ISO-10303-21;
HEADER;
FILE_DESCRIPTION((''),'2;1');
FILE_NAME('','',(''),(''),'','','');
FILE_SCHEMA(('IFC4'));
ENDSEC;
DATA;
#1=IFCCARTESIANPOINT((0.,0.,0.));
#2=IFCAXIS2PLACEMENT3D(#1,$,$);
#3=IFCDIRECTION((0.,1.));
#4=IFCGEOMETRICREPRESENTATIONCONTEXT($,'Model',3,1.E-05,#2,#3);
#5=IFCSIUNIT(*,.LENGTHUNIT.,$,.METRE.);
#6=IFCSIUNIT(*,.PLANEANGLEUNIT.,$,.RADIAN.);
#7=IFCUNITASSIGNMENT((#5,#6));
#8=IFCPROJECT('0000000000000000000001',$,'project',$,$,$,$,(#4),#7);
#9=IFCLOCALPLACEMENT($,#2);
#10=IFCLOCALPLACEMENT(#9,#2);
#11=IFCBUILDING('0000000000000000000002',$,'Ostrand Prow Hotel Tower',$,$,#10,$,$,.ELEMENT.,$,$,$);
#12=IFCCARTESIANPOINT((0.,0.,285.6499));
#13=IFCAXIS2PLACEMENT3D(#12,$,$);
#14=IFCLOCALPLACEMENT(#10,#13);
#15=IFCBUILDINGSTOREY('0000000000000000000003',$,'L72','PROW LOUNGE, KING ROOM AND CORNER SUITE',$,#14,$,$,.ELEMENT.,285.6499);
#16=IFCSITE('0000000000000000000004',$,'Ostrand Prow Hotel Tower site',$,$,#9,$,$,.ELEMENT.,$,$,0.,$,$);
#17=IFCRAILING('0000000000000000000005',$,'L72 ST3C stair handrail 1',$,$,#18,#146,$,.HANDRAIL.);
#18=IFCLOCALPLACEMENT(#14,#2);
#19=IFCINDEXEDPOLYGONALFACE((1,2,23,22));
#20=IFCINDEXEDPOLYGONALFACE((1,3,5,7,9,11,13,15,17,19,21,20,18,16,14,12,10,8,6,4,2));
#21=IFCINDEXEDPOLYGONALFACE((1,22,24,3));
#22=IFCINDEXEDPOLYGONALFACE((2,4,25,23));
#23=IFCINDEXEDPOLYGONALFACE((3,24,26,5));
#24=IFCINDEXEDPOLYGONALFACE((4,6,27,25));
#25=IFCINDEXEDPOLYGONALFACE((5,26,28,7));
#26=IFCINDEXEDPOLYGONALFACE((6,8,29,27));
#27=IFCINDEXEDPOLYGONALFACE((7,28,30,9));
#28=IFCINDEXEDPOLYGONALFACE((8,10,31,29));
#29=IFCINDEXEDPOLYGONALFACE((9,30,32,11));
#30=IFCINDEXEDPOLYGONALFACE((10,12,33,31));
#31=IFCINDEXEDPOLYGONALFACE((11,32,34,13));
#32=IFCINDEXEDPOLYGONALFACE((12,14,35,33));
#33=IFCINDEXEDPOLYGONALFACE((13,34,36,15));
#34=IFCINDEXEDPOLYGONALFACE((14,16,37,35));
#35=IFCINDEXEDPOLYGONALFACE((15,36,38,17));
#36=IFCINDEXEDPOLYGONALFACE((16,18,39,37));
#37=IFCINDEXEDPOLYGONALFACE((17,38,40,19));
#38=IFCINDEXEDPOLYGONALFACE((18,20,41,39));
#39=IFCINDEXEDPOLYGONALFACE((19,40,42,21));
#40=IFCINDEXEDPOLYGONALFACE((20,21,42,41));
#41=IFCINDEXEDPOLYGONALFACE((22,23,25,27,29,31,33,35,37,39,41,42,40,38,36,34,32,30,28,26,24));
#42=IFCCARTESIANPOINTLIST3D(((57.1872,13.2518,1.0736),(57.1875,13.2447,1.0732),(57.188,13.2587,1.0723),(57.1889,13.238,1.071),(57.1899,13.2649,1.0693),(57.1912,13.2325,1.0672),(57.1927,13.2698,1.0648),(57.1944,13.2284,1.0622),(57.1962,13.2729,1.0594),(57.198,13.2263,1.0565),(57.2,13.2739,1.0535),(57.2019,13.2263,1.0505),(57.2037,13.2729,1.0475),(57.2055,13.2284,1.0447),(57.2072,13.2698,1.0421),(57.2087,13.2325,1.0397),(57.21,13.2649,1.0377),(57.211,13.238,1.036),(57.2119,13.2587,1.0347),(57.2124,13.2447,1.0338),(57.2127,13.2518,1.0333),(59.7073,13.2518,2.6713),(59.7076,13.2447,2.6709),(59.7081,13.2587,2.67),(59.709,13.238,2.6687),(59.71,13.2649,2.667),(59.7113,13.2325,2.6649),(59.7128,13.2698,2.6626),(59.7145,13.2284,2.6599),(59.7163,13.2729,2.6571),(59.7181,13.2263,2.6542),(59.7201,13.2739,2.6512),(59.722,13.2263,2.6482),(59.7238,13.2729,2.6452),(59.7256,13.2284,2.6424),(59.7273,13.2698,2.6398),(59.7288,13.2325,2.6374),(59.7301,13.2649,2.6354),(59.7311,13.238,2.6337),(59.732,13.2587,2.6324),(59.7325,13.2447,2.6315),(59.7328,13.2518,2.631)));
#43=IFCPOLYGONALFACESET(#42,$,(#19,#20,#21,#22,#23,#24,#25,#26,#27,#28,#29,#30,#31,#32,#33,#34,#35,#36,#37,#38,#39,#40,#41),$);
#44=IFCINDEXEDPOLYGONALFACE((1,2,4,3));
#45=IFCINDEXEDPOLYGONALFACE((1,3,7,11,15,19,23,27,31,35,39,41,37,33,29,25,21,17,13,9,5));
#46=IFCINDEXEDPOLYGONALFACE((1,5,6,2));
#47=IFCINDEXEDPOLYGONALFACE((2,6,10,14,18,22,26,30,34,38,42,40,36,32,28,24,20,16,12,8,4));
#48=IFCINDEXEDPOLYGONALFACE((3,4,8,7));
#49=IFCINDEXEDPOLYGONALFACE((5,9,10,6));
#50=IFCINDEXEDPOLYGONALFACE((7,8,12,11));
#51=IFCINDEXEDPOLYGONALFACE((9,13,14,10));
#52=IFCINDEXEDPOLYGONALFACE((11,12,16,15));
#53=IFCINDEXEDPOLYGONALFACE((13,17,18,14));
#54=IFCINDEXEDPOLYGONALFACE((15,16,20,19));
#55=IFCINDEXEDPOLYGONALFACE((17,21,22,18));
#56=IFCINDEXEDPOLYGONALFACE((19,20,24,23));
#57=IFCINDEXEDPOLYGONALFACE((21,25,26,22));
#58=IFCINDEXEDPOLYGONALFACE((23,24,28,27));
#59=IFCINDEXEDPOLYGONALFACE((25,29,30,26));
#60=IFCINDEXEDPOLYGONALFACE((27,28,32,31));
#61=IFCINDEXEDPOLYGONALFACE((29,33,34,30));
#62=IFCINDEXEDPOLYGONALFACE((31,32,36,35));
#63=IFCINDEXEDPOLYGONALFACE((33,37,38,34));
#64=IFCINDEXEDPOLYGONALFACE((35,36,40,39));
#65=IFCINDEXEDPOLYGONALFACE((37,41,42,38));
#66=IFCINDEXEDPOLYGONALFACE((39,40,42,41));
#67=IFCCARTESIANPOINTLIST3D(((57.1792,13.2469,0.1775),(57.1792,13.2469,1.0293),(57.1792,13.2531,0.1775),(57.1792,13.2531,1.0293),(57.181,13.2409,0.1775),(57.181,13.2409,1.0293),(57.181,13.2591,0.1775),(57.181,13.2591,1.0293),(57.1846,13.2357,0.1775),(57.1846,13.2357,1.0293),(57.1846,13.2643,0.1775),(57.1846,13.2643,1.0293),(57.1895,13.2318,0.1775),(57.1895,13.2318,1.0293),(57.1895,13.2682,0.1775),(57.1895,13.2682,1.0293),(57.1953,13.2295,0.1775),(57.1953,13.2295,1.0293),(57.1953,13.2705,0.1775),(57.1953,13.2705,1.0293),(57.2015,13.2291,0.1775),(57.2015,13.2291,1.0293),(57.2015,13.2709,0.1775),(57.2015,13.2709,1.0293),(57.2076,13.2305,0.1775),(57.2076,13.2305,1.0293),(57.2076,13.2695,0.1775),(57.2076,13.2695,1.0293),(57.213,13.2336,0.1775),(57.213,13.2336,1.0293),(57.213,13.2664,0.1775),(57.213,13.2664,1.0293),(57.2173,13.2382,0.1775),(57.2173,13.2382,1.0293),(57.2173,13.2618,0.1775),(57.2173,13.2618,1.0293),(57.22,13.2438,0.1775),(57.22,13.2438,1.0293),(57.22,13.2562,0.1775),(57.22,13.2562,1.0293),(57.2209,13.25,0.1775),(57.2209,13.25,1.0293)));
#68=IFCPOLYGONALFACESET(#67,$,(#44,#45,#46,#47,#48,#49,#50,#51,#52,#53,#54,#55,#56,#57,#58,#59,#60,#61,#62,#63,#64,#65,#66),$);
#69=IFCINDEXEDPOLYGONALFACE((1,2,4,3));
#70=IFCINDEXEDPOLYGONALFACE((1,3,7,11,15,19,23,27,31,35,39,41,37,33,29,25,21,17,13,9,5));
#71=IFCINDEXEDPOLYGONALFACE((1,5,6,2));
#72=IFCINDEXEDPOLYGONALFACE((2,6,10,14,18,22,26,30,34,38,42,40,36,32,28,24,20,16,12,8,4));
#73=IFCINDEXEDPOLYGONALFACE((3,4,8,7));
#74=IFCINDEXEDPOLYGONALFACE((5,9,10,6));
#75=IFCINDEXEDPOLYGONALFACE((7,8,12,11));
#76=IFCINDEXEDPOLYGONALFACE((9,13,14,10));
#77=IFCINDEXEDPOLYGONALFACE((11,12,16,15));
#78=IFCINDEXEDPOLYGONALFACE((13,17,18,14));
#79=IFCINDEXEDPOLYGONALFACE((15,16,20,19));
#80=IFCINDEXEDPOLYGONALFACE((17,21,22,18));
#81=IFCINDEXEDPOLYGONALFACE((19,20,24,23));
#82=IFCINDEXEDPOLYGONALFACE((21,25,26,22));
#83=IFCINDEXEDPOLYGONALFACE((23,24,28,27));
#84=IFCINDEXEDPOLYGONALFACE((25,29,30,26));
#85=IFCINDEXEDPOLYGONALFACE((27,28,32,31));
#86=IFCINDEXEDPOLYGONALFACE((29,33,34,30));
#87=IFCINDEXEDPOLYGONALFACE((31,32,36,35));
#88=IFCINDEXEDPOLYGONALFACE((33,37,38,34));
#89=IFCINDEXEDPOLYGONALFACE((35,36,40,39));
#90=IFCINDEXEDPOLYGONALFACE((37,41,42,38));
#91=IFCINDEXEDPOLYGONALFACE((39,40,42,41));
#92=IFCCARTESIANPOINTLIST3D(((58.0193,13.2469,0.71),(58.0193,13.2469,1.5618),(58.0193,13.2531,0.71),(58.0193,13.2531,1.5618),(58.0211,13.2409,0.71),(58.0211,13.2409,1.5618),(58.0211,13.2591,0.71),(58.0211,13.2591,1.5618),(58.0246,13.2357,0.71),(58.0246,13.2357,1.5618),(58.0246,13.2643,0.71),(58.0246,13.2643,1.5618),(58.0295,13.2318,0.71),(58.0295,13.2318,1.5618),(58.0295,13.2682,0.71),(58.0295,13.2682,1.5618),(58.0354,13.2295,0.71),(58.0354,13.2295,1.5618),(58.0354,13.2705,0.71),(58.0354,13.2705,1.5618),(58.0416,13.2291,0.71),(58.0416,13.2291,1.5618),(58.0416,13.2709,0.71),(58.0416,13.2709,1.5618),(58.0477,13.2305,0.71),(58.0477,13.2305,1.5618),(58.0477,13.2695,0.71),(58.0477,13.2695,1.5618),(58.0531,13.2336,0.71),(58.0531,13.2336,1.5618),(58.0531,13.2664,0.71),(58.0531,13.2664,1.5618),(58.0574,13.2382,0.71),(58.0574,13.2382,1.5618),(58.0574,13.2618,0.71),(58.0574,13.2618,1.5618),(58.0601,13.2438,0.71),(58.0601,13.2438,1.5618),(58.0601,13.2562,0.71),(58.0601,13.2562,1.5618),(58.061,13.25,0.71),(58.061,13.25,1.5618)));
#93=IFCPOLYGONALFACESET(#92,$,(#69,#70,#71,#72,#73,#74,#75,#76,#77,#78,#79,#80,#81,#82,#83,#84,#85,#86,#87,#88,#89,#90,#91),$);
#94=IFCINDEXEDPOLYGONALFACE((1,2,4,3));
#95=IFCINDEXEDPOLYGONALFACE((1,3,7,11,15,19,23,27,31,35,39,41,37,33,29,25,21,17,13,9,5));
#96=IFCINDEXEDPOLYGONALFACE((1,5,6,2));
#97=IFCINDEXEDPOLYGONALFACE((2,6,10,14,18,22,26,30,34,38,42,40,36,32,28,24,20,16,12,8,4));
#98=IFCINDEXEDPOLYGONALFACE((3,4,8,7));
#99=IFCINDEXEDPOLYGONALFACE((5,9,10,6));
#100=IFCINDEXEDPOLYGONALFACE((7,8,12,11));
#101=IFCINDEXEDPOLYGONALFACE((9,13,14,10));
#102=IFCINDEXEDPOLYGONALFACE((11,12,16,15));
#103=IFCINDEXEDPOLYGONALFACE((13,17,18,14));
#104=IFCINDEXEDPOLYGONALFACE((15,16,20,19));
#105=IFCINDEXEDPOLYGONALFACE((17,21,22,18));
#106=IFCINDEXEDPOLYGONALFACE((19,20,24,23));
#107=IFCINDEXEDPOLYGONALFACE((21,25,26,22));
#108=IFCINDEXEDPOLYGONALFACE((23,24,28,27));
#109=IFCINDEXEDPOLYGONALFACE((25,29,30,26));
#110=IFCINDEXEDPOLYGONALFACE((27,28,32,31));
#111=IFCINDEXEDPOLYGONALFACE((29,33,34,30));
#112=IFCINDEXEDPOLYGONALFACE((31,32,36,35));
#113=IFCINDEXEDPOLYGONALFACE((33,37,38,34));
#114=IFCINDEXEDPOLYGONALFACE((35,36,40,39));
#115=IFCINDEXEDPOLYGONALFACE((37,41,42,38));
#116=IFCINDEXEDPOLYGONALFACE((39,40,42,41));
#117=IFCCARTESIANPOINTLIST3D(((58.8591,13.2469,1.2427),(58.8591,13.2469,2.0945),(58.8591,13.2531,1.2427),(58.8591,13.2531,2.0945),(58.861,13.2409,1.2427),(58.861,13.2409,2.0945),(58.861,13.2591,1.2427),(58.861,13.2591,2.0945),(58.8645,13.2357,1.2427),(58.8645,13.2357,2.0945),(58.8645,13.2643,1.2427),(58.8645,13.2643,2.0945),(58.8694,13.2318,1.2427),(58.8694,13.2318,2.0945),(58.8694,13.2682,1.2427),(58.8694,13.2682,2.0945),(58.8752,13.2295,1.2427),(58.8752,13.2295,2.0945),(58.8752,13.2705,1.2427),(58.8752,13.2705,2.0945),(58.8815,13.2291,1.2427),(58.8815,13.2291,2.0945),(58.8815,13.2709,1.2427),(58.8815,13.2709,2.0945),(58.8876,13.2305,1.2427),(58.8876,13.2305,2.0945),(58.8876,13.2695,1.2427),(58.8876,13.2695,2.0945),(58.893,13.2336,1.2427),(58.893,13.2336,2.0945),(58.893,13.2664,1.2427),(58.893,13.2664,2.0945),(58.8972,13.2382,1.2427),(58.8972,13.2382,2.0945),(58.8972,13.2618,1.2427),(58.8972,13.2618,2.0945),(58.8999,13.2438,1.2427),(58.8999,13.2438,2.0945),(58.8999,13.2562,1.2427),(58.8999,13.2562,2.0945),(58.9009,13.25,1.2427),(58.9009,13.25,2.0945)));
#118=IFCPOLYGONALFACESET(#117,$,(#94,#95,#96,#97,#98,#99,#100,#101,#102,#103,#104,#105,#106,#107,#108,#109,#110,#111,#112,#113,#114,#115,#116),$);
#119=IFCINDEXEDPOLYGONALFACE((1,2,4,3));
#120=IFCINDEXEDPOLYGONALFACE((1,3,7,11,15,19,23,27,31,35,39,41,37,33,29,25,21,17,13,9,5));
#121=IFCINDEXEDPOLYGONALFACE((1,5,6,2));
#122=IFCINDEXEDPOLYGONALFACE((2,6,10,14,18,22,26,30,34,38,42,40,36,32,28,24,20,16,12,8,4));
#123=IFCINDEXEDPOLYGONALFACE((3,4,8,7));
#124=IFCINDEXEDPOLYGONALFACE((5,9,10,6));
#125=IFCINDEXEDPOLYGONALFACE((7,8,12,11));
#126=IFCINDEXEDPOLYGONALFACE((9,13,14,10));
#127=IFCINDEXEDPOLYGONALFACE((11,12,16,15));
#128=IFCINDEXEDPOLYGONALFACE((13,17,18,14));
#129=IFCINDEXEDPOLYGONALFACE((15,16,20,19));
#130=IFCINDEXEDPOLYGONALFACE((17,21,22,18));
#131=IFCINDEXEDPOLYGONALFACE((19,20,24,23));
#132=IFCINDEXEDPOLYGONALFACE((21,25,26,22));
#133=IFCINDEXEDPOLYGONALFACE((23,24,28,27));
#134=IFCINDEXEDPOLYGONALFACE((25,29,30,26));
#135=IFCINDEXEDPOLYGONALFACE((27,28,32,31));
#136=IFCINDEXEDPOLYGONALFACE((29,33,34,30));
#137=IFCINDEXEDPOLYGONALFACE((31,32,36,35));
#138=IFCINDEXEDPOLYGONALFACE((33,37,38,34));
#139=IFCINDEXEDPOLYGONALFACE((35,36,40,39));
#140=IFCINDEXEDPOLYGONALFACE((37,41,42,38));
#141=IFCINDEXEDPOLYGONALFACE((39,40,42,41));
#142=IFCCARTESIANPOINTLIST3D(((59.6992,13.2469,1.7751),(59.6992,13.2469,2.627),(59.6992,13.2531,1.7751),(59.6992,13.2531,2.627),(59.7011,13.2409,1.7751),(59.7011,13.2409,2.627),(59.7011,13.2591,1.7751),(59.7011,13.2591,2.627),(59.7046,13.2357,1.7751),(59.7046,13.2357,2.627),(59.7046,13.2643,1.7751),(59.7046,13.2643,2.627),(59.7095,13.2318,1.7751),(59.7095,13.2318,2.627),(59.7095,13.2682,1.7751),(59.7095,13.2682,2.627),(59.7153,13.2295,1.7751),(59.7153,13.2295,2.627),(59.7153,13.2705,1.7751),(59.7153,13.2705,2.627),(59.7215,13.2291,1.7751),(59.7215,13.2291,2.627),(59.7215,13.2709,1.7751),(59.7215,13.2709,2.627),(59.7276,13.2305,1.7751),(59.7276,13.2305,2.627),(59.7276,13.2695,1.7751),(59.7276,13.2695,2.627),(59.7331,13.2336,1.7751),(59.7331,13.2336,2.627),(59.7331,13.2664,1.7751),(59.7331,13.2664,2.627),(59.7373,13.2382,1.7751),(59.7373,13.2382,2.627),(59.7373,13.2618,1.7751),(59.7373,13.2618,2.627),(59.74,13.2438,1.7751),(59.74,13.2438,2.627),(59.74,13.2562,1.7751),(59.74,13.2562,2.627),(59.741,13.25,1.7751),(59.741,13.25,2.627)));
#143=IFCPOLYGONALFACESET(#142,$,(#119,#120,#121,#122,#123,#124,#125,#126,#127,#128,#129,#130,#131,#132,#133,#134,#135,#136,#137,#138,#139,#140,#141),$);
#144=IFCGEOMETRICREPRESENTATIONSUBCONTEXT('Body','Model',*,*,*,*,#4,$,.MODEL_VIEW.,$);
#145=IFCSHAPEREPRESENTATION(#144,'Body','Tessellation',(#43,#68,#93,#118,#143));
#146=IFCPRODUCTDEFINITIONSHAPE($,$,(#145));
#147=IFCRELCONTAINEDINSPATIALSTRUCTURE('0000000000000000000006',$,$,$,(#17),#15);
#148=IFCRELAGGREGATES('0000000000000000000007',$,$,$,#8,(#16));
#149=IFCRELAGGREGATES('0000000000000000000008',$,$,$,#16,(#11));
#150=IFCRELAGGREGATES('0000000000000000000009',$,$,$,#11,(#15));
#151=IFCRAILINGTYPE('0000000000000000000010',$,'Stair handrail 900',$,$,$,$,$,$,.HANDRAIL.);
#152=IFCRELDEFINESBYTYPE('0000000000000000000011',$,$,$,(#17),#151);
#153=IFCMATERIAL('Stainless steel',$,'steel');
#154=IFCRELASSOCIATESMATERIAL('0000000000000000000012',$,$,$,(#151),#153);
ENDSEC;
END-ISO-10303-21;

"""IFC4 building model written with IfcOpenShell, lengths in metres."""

from ifc_helpers import new_model, si_unit, direction, frame, origin, origin_2d, place, context, subcontext, project, spatial, circle, extrude, material, type_object, element, save


model = new_model("IFC4")

# Units and contexts
model_context = context("Model", 3, precision=1e-05, world=origin(), true_north=direction((0.0, 1.0)))
body_context = subcontext(model_context, "Body", "Model", "MODEL_VIEW")
ifc_project = project(units=[si_unit("LENGTHUNIT", "METRE"), si_unit("PLANEANGLEUNIT", "RADIAN")], contexts=[model_context])

# Site, building, storey
site_placement = place(None, origin())
site = spatial("IfcSite", under=ifc_project, at=site_placement, Name="Ostrand Prow Hotel Tower site", CompositionType="ELEMENT", RefElevation=0.0)
building_placement = place(site_placement, origin())
building = spatial("IfcBuilding", under=site, at=building_placement, Name="Ostrand Prow Hotel Tower", CompositionType="ELEMENT")
storey_placement = place(building_placement, frame((0.0, 0.0, 285.6499)))
storey = spatial("IfcBuildingStorey", under=building, at=storey_placement, Name="L72", Description="PROW LOUNGE, KING ROOM AND CORNER SUITE", CompositionType="ELEMENT", Elevation=285.6499)

# Railing
ifc_material_1 = material(Name="Stainless steel", Category="steel")
railing_type_1 = type_object("IfcRailingType", Name="Stair handrail 900", PredefinedType="HANDRAIL", material=ifc_material_1)
railing_1_placement = place(storey_placement, frame((57.2, 13.25, 0.1775)))
element("IfcRailing", 1, at=railing_1_placement, inside=storey, type_object=railing_type_1, Name="L72 ST3C stair handrail 1", PredefinedType="HANDRAIL", context=body_context, shape_type="SweptSolid", body=[
    extrude(circle(Radius=0.0239, at=origin_2d()), frame((0.0, 0.0, 0.876), z_axis=(0.84457, 0.0, 0.535445), x_axis=(0.0, 1.0, 0.0)), (0.0, 0.0, 1.0), 2.9839),
    extrude(circle(Radius=0.021, at=origin_2d()), origin(), (0.0, 0.0, 1.0), 0.8518),
    extrude(circle(Radius=0.021, at=origin_2d()), frame((0.8401, 0.0, 0.5325)), (0.0, 0.0, 1.0), 0.8518),
    extrude(circle(Radius=0.021, at=origin_2d()), frame((1.6799, 0.0, 1.0652)), (0.0, 0.0, 1.0), 0.8518),
    extrude(circle(Radius=0.021, at=origin_2d()), frame((2.52, 0.0, 1.5977)), (0.0, 0.0, 1.0), 0.8518),
])

save(model, "model.ifc")
